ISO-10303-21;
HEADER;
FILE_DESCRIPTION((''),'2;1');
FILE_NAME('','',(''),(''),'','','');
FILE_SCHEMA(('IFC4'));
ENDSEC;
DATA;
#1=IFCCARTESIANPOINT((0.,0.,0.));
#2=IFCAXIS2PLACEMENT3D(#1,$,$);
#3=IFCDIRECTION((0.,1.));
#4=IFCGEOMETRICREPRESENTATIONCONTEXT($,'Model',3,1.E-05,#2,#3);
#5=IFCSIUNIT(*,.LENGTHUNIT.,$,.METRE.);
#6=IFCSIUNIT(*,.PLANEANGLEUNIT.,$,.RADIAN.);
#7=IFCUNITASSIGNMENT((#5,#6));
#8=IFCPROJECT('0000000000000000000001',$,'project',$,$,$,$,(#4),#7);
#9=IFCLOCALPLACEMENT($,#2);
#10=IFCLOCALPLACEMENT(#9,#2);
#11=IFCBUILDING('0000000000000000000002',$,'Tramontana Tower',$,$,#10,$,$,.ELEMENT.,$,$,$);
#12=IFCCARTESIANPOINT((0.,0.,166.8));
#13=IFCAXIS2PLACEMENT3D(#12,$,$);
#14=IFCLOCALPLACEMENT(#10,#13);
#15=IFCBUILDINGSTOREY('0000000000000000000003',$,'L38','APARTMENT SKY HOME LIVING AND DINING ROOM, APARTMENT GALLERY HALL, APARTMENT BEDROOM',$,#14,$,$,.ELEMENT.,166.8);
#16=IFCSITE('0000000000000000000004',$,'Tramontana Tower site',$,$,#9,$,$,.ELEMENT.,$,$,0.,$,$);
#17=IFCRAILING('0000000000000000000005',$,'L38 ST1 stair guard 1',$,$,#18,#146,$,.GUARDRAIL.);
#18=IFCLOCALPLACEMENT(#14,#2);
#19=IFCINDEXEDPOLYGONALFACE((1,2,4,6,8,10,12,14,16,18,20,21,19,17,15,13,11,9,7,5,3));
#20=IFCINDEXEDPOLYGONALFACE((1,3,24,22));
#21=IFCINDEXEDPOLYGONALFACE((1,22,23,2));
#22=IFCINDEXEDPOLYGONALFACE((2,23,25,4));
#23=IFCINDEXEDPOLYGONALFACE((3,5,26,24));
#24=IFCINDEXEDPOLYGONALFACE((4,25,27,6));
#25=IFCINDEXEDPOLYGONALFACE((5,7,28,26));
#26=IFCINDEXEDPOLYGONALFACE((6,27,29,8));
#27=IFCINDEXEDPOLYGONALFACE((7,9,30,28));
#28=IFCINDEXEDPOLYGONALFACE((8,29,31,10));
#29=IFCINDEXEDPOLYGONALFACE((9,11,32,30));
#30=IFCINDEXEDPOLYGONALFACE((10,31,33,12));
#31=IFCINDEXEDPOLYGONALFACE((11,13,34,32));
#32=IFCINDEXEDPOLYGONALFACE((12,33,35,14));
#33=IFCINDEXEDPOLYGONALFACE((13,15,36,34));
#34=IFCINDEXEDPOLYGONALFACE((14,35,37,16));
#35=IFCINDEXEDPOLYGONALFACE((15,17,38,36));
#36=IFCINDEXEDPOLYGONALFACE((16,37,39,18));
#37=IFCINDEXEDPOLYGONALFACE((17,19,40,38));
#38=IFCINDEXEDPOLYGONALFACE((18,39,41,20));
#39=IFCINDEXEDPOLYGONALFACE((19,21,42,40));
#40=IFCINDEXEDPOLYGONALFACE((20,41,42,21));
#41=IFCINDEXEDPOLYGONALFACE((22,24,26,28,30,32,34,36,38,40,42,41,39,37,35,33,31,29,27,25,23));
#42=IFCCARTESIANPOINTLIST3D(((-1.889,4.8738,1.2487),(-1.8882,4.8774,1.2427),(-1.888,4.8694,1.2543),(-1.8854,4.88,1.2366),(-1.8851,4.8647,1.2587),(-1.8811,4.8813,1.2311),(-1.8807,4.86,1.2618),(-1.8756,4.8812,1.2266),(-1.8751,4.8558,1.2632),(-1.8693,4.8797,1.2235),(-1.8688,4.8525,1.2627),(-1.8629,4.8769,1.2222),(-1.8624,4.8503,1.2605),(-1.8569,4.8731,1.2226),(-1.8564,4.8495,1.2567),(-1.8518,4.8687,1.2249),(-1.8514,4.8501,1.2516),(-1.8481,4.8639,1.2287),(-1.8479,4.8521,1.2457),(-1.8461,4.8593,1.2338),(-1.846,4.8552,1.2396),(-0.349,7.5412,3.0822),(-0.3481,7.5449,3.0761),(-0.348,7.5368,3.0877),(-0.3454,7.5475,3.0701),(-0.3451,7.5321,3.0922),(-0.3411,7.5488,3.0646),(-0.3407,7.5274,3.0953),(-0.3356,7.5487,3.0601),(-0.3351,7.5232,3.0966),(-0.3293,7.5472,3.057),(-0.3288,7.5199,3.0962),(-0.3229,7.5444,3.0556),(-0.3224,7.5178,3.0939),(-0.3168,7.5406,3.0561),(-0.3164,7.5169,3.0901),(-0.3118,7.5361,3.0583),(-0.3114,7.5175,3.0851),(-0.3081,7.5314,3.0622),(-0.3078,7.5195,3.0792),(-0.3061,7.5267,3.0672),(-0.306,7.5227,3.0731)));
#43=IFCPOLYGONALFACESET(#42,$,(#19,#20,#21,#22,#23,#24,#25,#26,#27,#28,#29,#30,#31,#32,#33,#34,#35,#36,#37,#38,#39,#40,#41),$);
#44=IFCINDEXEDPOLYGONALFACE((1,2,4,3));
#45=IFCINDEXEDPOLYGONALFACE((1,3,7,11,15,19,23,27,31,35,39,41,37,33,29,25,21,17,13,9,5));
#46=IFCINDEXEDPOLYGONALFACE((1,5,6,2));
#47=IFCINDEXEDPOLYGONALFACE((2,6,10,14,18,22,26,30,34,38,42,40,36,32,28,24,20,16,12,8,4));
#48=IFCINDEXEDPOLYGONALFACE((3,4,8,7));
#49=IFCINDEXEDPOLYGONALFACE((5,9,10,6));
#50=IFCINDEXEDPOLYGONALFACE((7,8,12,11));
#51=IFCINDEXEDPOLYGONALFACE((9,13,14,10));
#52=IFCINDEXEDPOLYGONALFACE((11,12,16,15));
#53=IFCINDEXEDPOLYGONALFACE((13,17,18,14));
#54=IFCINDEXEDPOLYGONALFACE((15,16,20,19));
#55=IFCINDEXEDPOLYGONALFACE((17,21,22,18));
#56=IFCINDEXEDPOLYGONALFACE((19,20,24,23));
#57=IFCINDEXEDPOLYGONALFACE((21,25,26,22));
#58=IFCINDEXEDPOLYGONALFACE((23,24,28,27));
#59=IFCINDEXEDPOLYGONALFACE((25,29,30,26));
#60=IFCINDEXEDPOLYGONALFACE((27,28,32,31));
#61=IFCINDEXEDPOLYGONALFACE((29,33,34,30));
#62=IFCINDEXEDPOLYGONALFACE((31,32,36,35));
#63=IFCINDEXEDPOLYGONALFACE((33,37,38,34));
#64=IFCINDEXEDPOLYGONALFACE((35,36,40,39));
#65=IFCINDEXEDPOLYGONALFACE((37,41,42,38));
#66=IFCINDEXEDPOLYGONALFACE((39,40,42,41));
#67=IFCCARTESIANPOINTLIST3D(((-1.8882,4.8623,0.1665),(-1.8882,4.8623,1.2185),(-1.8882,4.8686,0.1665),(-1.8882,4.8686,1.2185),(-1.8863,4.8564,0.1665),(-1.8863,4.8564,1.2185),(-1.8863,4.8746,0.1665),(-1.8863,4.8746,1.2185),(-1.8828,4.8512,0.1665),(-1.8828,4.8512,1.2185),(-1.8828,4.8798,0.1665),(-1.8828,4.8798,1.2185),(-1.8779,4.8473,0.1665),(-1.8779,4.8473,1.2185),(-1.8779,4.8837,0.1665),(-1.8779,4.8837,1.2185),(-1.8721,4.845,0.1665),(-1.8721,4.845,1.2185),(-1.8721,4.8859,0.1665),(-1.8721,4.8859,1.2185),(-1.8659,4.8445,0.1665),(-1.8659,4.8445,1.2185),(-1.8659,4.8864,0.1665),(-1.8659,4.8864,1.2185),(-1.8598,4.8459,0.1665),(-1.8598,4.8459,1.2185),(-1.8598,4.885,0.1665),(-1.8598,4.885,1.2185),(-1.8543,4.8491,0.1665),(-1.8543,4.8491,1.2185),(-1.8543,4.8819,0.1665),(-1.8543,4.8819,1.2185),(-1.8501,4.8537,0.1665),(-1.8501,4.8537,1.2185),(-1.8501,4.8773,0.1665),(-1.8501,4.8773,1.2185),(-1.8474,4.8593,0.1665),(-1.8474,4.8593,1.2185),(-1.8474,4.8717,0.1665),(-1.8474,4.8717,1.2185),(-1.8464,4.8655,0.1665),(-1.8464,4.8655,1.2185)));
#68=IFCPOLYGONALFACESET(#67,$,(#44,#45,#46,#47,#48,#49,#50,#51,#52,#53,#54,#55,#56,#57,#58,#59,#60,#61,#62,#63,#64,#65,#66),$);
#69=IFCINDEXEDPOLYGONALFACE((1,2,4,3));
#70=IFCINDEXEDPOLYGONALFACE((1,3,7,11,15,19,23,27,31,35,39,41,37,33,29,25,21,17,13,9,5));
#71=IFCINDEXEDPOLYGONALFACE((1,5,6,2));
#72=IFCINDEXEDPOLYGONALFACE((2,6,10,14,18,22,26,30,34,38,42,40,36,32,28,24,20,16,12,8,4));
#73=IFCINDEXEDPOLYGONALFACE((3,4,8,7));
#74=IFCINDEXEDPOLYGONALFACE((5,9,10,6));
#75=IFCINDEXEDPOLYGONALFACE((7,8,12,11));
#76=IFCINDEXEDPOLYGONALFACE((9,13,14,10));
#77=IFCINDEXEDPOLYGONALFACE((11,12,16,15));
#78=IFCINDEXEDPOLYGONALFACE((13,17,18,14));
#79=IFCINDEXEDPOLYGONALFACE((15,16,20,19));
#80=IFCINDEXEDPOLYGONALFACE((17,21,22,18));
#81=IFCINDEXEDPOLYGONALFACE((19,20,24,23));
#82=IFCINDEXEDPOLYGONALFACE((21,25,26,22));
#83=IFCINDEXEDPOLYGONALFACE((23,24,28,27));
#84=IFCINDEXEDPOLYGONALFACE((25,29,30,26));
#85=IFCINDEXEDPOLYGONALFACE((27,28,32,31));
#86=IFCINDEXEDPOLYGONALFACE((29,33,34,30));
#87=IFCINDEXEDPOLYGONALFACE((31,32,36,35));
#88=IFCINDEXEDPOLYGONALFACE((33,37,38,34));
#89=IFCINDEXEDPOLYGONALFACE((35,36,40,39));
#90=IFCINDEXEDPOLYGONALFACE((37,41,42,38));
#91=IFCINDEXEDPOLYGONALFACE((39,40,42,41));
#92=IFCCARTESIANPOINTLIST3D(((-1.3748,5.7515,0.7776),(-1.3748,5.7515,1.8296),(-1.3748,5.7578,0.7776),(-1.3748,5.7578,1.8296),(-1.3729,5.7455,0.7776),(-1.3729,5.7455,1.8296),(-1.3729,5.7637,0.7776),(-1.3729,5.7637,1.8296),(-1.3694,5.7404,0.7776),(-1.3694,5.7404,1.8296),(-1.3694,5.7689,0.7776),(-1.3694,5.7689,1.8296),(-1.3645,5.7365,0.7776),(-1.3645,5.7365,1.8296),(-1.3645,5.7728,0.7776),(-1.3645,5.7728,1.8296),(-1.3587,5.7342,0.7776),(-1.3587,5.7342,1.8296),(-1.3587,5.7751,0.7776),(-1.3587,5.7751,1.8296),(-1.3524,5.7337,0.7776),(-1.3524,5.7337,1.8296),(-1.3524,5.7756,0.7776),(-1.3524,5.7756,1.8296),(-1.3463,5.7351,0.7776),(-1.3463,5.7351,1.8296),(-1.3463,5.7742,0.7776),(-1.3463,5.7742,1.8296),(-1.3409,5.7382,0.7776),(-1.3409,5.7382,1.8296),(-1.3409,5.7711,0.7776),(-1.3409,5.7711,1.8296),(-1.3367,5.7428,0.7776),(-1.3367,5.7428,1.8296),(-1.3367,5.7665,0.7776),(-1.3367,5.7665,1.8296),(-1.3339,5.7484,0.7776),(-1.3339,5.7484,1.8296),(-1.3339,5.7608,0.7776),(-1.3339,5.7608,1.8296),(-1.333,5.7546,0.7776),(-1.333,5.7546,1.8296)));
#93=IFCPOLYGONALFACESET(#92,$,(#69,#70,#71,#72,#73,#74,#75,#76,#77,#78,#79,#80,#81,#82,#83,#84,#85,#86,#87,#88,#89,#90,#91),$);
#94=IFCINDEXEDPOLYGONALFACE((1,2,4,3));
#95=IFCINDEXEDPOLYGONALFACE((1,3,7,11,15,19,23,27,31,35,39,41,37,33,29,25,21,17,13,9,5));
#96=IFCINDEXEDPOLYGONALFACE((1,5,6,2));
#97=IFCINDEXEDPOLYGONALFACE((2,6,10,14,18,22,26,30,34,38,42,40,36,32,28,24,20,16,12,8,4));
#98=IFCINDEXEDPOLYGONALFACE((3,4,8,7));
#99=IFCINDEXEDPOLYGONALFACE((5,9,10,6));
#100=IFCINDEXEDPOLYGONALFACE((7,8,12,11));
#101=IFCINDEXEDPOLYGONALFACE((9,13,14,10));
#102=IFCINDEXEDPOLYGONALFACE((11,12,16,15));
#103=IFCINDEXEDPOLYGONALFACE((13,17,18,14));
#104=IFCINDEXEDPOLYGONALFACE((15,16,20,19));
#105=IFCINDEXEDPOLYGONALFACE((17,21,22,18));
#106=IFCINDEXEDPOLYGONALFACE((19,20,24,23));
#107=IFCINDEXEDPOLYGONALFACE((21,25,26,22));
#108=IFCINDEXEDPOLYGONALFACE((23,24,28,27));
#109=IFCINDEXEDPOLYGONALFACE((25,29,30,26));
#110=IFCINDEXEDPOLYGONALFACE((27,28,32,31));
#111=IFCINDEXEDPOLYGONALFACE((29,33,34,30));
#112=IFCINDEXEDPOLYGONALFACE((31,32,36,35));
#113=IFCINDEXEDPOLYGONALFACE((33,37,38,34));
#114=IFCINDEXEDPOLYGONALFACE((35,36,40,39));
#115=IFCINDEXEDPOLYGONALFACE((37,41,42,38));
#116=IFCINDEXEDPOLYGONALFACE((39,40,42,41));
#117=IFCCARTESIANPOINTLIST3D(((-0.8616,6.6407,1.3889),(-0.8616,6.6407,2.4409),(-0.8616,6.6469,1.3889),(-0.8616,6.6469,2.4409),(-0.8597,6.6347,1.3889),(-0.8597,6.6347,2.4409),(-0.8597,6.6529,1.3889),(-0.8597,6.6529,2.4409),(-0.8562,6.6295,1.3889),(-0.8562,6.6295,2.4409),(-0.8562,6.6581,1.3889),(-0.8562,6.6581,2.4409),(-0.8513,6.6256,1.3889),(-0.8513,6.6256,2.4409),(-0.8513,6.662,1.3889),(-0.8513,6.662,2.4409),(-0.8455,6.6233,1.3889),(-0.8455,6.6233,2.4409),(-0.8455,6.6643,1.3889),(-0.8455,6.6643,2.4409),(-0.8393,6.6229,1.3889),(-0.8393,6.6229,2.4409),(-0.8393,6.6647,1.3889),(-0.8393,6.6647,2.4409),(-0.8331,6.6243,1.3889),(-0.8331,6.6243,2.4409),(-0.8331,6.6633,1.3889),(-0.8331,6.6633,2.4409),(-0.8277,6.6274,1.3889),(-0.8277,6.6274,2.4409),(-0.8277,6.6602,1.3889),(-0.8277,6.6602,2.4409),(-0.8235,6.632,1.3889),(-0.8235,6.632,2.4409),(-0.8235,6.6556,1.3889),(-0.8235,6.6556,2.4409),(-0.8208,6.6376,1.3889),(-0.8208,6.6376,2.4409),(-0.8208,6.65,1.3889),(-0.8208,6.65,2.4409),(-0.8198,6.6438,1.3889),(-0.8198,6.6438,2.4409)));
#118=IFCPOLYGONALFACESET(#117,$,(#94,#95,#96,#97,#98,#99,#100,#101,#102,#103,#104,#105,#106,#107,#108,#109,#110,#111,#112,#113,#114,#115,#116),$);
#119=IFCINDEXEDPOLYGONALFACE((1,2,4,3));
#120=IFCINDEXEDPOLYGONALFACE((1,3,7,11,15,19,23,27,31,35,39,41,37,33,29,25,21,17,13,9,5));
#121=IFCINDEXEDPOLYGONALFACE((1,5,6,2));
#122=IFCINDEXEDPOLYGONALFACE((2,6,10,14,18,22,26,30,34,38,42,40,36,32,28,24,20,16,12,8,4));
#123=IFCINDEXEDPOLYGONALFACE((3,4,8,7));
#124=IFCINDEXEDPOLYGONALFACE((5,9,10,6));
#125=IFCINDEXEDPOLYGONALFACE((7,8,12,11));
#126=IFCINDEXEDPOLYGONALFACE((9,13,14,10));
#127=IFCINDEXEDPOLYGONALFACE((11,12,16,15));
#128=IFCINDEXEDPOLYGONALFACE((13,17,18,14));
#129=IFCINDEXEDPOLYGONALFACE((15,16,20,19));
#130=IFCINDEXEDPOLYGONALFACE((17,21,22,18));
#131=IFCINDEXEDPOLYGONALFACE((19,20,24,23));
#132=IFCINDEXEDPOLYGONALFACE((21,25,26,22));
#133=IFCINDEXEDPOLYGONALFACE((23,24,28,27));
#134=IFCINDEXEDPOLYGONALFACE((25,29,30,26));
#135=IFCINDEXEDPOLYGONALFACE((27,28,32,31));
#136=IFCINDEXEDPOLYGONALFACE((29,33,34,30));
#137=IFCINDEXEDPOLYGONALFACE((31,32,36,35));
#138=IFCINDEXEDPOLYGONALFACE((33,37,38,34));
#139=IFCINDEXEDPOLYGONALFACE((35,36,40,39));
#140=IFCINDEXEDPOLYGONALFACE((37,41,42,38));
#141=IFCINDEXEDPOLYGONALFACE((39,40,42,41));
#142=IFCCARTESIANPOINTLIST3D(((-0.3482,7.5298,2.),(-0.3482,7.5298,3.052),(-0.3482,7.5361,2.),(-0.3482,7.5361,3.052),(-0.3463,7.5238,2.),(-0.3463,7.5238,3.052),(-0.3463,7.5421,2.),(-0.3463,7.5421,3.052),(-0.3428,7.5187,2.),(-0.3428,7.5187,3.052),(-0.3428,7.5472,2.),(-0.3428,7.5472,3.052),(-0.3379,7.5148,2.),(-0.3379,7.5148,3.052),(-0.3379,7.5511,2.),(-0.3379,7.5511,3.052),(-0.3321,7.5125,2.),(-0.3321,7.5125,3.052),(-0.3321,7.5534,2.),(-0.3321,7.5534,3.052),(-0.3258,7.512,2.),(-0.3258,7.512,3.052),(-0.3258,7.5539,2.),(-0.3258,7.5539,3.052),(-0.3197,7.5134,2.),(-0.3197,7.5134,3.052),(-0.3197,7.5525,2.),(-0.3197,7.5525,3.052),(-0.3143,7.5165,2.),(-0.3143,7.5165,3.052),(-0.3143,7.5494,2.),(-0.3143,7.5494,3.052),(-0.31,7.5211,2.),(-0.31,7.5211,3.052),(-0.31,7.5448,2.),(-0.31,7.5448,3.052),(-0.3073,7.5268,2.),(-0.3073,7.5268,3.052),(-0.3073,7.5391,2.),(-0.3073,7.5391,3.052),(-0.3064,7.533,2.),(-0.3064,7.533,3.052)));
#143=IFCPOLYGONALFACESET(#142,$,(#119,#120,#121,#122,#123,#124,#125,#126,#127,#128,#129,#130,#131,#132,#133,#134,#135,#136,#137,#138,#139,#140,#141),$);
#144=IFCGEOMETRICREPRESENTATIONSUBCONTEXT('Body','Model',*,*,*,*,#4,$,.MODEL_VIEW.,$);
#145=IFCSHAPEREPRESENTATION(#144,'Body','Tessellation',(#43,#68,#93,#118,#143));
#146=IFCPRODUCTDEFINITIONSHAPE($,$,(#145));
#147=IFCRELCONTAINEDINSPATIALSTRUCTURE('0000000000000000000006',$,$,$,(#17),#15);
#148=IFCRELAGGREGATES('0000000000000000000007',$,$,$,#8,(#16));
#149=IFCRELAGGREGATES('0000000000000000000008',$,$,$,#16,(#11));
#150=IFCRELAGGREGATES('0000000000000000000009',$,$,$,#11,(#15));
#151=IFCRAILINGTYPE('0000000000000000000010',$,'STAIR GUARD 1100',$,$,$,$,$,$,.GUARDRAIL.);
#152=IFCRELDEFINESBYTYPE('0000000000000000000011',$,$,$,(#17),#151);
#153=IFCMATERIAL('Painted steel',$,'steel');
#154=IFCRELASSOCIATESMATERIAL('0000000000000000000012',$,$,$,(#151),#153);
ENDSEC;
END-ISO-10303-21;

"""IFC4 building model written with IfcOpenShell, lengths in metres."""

from ifc_helpers import new_model, si_unit, direction, frame, origin, origin_2d, place, context, subcontext, project, spatial, circle, extrude, material, type_object, element, save


model = new_model("IFC4")

# Units and contexts
model_context = context("Model", 3, precision=1e-05, world=origin(), true_north=direction((0.0, 1.0)))
body_context = subcontext(model_context, "Body", "Model", "MODEL_VIEW")
ifc_project = project(units=[si_unit("LENGTHUNIT", "METRE"), si_unit("PLANEANGLEUNIT", "RADIAN")], contexts=[model_context])

# Site, building, storey
site_placement = place(None, origin())
site = spatial("IfcSite", under=ifc_project, at=site_placement, Name="Tramontana Tower site", CompositionType="ELEMENT", RefElevation=0.0)
building_placement = place(site_placement, origin())
building = spatial("IfcBuilding", under=site, at=building_placement, Name="Tramontana Tower", CompositionType="ELEMENT")
storey_placement = place(building_placement, frame((0.0, 0.0, 166.8)))
storey = spatial("IfcBuildingStorey", under=building, at=storey_placement, Name="L38", Description="APARTMENT SKY HOME LIVING AND DINING ROOM, APARTMENT GALLERY HALL, APARTMENT BEDROOM", CompositionType="ELEMENT", Elevation=166.8)

# Railing
ifc_material_1 = material(Name="Painted steel", Category="steel")
railing_type_1 = type_object("IfcRailingType", Name="STAIR GUARD 1100", PredefinedType="GUARDRAIL", material=ifc_material_1)
railing_1_placement = place(storey_placement, frame((-1.8674, 4.8655, 0.1665)))
element("IfcRailing", 1, at=railing_1_placement, inside=storey, type_object=railing_type_1, Name="L38 ST1 stair guard 1", PredefinedType="GUARDRAIL", context=body_context, shape_type="SweptSolid", body=[
    extrude(circle(Radius=0.0239, at=origin_2d()), frame((0.0, 0.0, 1.0762), z_axis=(0.429634, 0.744164, 0.511502), x_axis=(-0.86603, 0.499992, 0.0)), (0.0, 0.0, 1.0), 3.5845),
    extrude(circle(Radius=0.021, at=origin_2d()), origin(), (0.0, 0.0, 1.0), 1.052),
    extrude(circle(Radius=0.021, at=origin_2d()), frame((0.5134, 0.8892, 0.6111)), (0.0, 0.0, 1.0), 1.052),
    extrude(circle(Radius=0.021, at=origin_2d()), frame((1.0266, 1.7783, 1.2224)), (0.0, 0.0, 1.0), 1.052),
    extrude(circle(Radius=0.021, at=origin_2d()), frame((1.54, 2.6675, 1.8335)), (0.0, 0.0, 1.0), 1.052),
])

save(model, "model.ifc")
